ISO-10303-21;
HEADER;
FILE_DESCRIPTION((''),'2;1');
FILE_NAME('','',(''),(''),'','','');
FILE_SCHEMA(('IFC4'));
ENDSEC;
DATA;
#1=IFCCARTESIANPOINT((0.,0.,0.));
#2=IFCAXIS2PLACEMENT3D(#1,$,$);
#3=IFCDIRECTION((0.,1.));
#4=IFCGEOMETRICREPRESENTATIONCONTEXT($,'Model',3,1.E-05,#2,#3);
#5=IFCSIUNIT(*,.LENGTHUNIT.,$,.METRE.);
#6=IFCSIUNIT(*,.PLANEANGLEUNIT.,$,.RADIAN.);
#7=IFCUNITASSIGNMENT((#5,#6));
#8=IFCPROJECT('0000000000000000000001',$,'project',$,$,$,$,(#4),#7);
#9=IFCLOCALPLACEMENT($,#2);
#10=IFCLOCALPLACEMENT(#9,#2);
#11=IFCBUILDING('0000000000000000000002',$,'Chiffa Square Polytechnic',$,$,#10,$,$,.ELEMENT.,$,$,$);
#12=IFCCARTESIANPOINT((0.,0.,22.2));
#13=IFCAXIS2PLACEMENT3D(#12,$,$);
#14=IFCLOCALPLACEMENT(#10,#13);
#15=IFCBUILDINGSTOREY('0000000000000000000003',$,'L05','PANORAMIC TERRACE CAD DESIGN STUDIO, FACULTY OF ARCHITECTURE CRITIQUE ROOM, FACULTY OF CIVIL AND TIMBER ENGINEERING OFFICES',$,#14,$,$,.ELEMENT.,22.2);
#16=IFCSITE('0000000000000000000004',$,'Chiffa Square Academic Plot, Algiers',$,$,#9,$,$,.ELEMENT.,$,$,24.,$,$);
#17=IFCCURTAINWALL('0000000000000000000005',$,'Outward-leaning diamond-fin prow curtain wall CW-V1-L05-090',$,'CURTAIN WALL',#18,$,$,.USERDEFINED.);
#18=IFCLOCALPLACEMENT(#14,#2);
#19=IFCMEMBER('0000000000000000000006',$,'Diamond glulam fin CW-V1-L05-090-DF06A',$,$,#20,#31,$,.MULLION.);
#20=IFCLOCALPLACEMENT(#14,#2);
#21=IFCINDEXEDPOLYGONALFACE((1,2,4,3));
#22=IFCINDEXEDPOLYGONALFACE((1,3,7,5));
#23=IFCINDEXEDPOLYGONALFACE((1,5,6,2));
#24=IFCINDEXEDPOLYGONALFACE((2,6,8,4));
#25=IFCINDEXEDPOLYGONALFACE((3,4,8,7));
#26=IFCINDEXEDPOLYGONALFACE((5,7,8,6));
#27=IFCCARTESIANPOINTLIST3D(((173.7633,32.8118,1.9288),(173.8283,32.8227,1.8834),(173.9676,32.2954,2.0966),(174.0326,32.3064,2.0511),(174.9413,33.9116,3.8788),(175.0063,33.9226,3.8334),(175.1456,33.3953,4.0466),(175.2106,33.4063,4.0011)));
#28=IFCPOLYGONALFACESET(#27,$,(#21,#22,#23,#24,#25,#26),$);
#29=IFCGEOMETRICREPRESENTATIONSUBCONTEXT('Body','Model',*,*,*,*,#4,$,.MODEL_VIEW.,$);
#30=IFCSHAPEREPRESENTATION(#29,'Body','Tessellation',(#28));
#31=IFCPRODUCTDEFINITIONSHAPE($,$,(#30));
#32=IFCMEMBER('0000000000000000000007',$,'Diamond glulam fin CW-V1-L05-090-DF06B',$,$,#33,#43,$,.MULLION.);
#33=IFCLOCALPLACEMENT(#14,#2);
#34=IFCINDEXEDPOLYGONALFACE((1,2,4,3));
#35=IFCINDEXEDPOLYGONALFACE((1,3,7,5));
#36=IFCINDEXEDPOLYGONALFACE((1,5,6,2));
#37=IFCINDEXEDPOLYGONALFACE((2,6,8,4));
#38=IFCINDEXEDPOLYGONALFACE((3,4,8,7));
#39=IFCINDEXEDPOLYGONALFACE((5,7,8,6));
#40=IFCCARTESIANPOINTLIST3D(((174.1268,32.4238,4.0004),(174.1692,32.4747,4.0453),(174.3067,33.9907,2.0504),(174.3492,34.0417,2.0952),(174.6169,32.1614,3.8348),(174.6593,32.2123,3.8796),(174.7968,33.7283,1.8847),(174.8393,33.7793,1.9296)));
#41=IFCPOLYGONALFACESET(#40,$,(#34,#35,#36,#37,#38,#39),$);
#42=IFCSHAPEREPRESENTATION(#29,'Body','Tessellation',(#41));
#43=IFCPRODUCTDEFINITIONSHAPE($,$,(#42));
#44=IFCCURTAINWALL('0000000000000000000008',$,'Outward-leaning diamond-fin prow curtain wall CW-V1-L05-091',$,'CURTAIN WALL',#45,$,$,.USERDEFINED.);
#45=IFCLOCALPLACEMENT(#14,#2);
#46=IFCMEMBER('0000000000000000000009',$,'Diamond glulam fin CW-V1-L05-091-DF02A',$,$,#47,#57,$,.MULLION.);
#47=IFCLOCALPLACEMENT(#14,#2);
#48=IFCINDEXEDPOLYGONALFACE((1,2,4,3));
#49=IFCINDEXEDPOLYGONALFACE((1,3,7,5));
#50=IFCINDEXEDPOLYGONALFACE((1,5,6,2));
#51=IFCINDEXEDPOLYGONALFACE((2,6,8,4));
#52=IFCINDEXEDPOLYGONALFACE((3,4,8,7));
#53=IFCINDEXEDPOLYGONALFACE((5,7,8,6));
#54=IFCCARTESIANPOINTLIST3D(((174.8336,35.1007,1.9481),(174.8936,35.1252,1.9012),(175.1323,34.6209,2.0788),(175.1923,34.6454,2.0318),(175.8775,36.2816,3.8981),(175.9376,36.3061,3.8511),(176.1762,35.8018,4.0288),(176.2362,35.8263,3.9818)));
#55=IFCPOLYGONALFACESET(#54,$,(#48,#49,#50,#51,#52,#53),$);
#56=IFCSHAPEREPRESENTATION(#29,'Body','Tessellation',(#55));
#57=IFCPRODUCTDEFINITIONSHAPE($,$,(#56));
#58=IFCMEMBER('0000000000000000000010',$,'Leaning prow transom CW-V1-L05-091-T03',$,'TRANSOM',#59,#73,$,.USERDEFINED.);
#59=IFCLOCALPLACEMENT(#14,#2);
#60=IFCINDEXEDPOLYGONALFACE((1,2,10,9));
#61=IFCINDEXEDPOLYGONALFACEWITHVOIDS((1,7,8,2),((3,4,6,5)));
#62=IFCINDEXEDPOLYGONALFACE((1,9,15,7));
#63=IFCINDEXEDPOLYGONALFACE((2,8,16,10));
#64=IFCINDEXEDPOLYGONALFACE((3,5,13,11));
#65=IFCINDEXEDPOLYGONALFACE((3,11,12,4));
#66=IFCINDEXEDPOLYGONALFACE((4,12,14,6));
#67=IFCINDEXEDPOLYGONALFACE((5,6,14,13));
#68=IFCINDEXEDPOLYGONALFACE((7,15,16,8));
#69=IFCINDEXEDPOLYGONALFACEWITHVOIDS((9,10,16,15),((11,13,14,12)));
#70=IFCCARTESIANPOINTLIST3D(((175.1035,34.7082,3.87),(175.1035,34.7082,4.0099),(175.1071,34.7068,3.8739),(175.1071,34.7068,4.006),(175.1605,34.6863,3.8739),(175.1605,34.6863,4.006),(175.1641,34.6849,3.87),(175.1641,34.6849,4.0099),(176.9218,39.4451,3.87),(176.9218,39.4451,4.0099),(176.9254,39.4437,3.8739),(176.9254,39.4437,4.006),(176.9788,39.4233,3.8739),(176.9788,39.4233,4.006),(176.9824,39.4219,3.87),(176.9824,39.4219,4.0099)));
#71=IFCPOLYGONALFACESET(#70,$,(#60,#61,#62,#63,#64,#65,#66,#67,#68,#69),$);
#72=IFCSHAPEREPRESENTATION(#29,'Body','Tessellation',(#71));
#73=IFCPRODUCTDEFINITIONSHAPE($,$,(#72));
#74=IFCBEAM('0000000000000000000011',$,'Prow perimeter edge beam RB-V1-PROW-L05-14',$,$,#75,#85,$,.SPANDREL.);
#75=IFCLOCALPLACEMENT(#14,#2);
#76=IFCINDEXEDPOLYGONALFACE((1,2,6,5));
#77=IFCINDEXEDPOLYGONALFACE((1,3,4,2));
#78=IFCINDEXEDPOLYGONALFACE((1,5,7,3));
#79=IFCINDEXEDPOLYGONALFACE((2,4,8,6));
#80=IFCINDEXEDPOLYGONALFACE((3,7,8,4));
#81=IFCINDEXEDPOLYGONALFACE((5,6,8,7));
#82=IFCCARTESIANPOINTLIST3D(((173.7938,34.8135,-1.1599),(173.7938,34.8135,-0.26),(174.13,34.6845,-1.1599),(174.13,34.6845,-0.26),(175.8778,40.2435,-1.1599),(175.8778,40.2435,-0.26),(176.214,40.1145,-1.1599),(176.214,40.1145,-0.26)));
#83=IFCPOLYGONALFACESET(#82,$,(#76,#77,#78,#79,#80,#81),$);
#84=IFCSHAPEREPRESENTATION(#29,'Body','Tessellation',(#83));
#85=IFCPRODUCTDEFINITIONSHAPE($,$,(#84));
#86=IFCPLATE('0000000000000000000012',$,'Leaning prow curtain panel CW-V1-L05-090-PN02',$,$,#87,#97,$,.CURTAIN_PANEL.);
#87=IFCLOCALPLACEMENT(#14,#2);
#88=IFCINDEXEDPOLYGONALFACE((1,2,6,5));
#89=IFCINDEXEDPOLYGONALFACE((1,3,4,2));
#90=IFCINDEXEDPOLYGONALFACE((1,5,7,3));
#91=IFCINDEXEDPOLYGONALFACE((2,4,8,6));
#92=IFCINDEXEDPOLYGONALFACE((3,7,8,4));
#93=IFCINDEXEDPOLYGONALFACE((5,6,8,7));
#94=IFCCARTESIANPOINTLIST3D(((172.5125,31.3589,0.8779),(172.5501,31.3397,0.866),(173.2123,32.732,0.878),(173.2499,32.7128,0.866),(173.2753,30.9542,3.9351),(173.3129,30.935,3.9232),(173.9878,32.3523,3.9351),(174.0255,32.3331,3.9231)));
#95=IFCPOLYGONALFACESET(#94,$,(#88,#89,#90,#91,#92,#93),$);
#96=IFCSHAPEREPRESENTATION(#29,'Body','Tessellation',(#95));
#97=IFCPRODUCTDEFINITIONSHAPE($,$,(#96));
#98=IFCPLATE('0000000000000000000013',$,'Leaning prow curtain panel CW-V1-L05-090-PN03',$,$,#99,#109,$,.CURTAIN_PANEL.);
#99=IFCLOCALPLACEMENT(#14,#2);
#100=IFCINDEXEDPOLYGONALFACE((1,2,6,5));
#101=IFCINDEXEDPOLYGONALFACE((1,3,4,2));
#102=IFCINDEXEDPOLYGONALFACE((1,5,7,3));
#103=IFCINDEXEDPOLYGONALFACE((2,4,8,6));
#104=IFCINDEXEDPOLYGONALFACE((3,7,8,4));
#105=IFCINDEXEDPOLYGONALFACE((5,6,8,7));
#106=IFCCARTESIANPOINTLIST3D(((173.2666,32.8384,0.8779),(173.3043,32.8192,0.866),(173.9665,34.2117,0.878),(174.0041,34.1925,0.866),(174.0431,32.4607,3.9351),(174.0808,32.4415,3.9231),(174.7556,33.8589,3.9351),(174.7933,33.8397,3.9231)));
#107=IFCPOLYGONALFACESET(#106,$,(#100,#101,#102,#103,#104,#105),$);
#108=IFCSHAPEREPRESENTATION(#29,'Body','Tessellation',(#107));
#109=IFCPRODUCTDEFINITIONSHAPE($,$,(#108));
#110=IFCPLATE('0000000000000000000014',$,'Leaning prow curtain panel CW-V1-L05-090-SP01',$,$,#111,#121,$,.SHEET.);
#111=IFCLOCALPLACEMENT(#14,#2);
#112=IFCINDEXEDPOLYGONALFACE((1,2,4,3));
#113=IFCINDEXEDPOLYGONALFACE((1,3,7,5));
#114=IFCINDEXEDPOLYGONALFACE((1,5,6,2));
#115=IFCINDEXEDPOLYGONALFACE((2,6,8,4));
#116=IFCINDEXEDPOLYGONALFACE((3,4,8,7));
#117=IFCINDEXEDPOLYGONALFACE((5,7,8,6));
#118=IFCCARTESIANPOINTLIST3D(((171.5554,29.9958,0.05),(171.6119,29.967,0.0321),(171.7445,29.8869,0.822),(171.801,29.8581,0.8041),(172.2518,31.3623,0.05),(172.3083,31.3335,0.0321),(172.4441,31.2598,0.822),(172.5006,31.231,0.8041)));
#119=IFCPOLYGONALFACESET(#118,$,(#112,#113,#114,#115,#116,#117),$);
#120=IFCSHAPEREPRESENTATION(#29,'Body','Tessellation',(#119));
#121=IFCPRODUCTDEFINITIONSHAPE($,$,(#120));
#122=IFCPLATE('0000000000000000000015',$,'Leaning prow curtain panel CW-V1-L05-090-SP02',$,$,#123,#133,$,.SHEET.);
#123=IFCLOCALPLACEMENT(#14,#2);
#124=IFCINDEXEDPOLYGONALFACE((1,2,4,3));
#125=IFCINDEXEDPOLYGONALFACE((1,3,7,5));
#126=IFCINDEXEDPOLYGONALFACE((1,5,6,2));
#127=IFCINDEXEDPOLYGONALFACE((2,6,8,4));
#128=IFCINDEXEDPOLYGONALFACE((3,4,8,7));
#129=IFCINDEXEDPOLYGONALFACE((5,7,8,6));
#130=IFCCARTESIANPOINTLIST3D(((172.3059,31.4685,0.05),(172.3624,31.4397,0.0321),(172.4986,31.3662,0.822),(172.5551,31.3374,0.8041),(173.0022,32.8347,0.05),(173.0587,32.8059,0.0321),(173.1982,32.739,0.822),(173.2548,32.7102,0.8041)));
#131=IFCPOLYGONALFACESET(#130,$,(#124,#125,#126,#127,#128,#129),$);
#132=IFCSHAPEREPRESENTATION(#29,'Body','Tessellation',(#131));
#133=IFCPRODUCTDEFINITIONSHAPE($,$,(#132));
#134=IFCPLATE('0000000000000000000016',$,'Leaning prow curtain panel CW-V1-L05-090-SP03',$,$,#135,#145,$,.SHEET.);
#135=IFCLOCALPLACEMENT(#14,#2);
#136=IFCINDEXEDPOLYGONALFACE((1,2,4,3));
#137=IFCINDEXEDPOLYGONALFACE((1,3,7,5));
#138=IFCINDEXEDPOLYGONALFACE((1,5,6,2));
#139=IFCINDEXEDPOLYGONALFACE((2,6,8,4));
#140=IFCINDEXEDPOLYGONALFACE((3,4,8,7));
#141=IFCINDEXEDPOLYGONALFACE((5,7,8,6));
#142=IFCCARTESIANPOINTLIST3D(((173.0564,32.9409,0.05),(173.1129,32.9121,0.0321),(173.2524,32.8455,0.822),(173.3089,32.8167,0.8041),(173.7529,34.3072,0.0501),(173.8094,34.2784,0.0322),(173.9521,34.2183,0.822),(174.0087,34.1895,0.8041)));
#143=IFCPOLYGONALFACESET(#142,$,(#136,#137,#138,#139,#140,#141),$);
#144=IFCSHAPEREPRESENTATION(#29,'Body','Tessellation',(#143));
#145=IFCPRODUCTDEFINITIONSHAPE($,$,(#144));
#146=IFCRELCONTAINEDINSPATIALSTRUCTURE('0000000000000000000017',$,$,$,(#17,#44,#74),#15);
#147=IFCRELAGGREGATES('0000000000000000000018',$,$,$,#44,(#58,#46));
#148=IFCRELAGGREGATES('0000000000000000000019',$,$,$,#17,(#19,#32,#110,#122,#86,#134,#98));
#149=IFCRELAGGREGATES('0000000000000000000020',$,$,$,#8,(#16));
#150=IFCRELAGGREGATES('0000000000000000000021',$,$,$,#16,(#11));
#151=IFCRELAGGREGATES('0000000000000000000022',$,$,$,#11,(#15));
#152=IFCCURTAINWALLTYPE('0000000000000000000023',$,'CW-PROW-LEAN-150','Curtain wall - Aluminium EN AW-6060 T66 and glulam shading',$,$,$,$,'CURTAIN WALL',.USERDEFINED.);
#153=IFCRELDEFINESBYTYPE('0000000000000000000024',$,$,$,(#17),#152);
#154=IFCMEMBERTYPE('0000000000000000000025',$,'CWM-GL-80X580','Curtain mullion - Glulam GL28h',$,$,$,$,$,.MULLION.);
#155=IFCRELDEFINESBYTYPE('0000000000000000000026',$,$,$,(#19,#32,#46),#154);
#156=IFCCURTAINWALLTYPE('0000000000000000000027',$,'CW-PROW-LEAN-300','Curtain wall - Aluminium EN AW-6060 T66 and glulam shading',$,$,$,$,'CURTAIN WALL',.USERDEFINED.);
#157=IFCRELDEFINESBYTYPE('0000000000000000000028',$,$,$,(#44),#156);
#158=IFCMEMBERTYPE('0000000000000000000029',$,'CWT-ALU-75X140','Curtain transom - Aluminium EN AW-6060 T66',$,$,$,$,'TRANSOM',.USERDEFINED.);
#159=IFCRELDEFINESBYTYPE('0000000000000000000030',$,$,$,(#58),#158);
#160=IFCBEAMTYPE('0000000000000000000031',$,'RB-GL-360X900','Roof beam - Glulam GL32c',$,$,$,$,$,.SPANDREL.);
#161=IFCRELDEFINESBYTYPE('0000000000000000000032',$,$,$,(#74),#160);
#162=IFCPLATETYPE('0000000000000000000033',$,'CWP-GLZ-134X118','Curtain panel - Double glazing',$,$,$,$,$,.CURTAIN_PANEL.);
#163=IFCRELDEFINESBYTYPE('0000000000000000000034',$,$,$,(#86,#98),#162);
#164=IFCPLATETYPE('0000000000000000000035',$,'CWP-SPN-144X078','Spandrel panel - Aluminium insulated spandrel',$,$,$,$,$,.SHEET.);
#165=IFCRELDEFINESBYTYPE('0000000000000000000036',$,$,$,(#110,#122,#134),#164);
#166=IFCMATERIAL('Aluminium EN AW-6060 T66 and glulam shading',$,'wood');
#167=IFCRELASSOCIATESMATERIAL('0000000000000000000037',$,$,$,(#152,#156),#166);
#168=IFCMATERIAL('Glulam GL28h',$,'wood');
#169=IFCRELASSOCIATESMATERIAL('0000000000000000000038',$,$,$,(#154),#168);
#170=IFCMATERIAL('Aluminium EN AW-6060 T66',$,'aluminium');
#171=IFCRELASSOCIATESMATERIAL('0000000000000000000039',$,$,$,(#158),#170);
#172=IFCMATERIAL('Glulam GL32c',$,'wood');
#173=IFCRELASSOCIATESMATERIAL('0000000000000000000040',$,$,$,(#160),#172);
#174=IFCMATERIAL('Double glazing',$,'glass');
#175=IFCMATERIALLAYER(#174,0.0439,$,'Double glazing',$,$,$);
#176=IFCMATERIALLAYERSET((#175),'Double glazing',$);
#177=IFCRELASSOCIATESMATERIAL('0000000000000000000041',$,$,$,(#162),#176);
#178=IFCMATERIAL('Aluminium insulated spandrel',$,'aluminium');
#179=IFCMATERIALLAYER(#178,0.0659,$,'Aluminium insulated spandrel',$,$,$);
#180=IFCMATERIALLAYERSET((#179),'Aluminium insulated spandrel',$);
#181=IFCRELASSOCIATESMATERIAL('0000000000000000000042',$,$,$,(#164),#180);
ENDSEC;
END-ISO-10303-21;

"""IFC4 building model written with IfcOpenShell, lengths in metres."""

from ifc_helpers import new_model, si_unit, direction, frame, origin, origin_2d, place, context, subcontext, project, spatial, polyline, rectangle, hollow_rectangle, outline, extrude, material, layer, layer_set, material_profile, profile_set, type_object, element, aggregate, save


model = new_model("IFC4")

# Units and contexts
model_context = context("Model", 3, precision=1e-05, world=origin(), true_north=direction((0.0, 1.0)))
body_context = subcontext(model_context, "Body", "Model", "MODEL_VIEW")
ifc_project = project(units=[si_unit("LENGTHUNIT", "METRE"), si_unit("PLANEANGLEUNIT", "RADIAN")], contexts=[model_context])

# Site, building, storey
site_placement = place(None, origin())
site = spatial("IfcSite", under=ifc_project, at=site_placement, Name="Chiffa Square Academic Plot, Algiers", CompositionType="ELEMENT", RefElevation=24.0)
building_placement = place(site_placement, origin())
building = spatial("IfcBuilding", under=site, at=building_placement, Name="Chiffa Square Polytechnic", CompositionType="ELEMENT")
storey_placement = place(building_placement, frame((0.0, 0.0, 22.2)))
storey = spatial("IfcBuildingStorey", under=building, at=storey_placement, Name="L05", Description="PANORAMIC TERRACE CAD DESIGN STUDIO, FACULTY OF ARCHITECTURE CRITIQUE ROOM, FACULTY OF CIVIL AND TIMBER ENGINEERING OFFICES", CompositionType="ELEMENT", Elevation=22.2)

# Shared definitions
ifc_material_1 = material(Name="Glulam GL32c", Category="wood")

# Curtain walls, members
ifc_material_2 = material(Name="Aluminium EN AW-6060 T66 and glulam shading", Category="wood")
curtain_wall_type_1 = type_object("IfcCurtainWallType", Name="CW-PROW-LEAN-150", Description="Curtain wall - Aluminium EN AW-6060 T66 and glulam shading", ElementType="CURTAIN WALL", PredefinedType="USERDEFINED", material=ifc_material_2)
curtain_wall_1_placement = place(storey_placement, origin())
curtain_wall_1 = element("IfcCurtainWall", 1, at=curtain_wall_1_placement, inside=storey, type_object=curtain_wall_type_1, Name="Outward-leaning diamond-fin prow curtain wall CW-V1-L05-090", ObjectType="CURTAIN WALL", PredefinedType="USERDEFINED")
ifc_material_3 = material(Name="Aluminium EN AW-6060 T66", Category="aluminium")
ifc_material_4 = material(Name="Glulam GL28h", Category="wood")
ifc_material_profile_1 = material_profile(ifc_material_4, rectangle(XDim=0.0801, YDim=0.5801, at=origin_2d()), Name="GL28h 80x580")
ifc_profile_set_1 = profile_set([ifc_material_profile_1], Name="Glulam GL28h")
member_type_1 = type_object("IfcMemberType", Name="CWM-GL-80X580", Description="Curtain mullion - Glulam GL28h", PredefinedType="MULLION", material=ifc_profile_set_1)
member_1_placement = place(storey_placement, frame((173.8979, 32.5591, 1.99), z_axis=(0.465651, 0.434768, 0.770809), x_axis=(-0.811826, -0.136871, 0.567631)))
member_1 = element("IfcMember", 2, at=member_1_placement, type_object=member_type_1, Name="Diamond glulam fin CW-V1-L05-090-DF06A", PredefinedType="MULLION", context=body_context, shape_type="SweptSolid", body=[
    extrude(rectangle(XDim=0.0801, YDim=0.5801, at=origin_2d()), origin(), (0.0, 0.0, 1.0), 2.5298),
])
member_2_placement = place(storey_placement, frame((174.573, 33.885, 1.99), z_axis=(-0.071744, -0.62477, 0.777506), x_axis=(0.530059, 0.636447, 0.560332)))
member_2 = element("IfcMember", 3, at=member_2_placement, type_object=member_type_1, Name="Diamond glulam fin CW-V1-L05-090-DF06B", PredefinedType="MULLION", context=body_context, shape_type="SweptSolid", body=[
    extrude(rectangle(XDim=0.0801, YDim=0.5801, at=origin_2d()), origin(), (0.0, 0.0, 1.0), 2.5081),
])
curtain_wall_type_2 = type_object("IfcCurtainWallType", Name="CW-PROW-LEAN-300", Description="Curtain wall - Aluminium EN AW-6060 T66 and glulam shading", ElementType="CURTAIN WALL", PredefinedType="USERDEFINED", material=ifc_material_2)
curtain_wall_2_placement = place(storey_placement, origin())
curtain_wall_2 = element("IfcCurtainWall", 4, at=curtain_wall_2_placement, inside=storey, type_object=curtain_wall_type_2, Name="Outward-leaning diamond-fin prow curtain wall CW-V1-L05-091", ObjectType="CURTAIN WALL", PredefinedType="USERDEFINED")
member_3_placement = place(storey_placement, frame((175.0129, 34.873, 1.99), z_axis=(0.416358, 0.470983, 0.777702), x_axis=(-0.749374, -0.306613, 0.58688)))
member_3 = element("IfcMember", 5, at=member_3_placement, type_object=member_type_1, Name="Diamond glulam fin CW-V1-L05-091-DF02A", PredefinedType="MULLION", context=body_context, shape_type="SweptSolid", body=[
    extrude(rectangle(XDim=0.0801, YDim=0.5801, at=origin_2d()), origin(), (0.0, 0.0, 1.0), 2.5073),
])
ifc_material_profile_2 = material_profile(ifc_material_3, hollow_rectangle(XDim=0.0649, YDim=0.1399, WallThickness=0.0039, at=origin_2d()), Name="ALU 65x140x4")
ifc_profile_set_2 = profile_set([ifc_material_profile_2], Name="Aluminium EN AW-6060 T66")
member_type_2 = type_object("IfcMemberType", Name="CWT-ALU-75X140", Description="Curtain transom - Aluminium EN AW-6060 T66", ElementType="TRANSOM", PredefinedType="USERDEFINED", material=ifc_profile_set_2)
member_4_placement = place(storey_placement, frame((175.1338, 34.6965, 3.9399), z_axis=(0.358363, 0.933582, 0.0), x_axis=(-0.933582, 0.358363, 0.0)))
member_4 = element("IfcMember", 6, at=member_4_placement, type_object=member_type_2, Name="Leaning prow transom CW-V1-L05-091-T03", ObjectType="TRANSOM", PredefinedType="USERDEFINED", context=body_context, shape_type="SweptSolid", body=[
    extrude(hollow_rectangle(XDim=0.0649, YDim=0.1399, WallThickness=0.0039, at=origin_2d()), origin(), (0.0, 0.0, 1.0), 5.074),
])
aggregate(curtain_wall_2, [member_4, member_3])

# Beam
ifc_material_profile_3 = material_profile(ifc_material_1, rectangle(XDim=0.3601, YDim=0.8999, at=origin_2d()), Name="GL32c 360x900")
ifc_profile_set_3 = profile_set([ifc_material_profile_3], Name="Glulam GL32c")
beam_type = type_object("IfcBeamType", Name="RB-GL-360X900", Description="Roof beam - Glulam GL32c", PredefinedType="SPANDREL", material=ifc_profile_set_3)
beam_placement = place(storey_placement, frame((173.9619, 34.749, -0.71), z_axis=(0.358312, 0.933602, 0.0), x_axis=(-0.933602, 0.358312, 0.0)))
element("IfcBeam", 7, at=beam_placement, inside=storey, type_object=beam_type, Name="Prow perimeter edge beam RB-V1-PROW-L05-14", PredefinedType="SPANDREL", context=body_context, shape_type="SweptSolid", body=[
    extrude(rectangle(XDim=0.3601, YDim=0.8999, at=origin_2d()), origin(), (0.0, 0.0, 1.0), 5.8162),
])

# Plates
ifc_material_5 = material(Name="Double glazing", Category="glass")
ifc_layer_1 = layer(ifc_material_5, 0.0439, Name="Double glazing")
ifc_layer_set_1 = layer_set([ifc_layer_1], Name="Double glazing")
plate_type_1 = type_object("IfcPlateType", Name="CWP-GLZ-134X118", Description="Curtain panel - Double glazing", PredefinedType="CURTAIN_PANEL", material=ifc_layer_set_1)
plate_1_placement = place(storey_placement, frame((172.5125, 31.3589, 0.8779), z_axis=(-0.857424, 0.436984, 0.271788), x_axis=(0.454083, 0.890959, 0.000028)))
plate_1 = element("IfcPlate", 8, at=plate_1_placement, type_object=plate_type_1, Name="Leaning prow curtain panel CW-V1-L05-090-PN02", PredefinedType="CURTAIN_PANEL", context=body_context, shape_type="SweptSolid", body=[
    extrude(outline(polyline([(0.0, 0.0), (1.5412, 0.0), (1.5551, -3.1767), (-0.0141, -3.1768), (0.0, 0.0)])), origin(), (0.0, 0.0, -1.0), 0.0439),
])
plate_2_placement = place(storey_placement, frame((173.2666, 32.8384, 0.8779), z_axis=(-0.857445, 0.436956, 0.271768), x_axis=(0.454049, 0.890977, 0.000018)))
plate_2 = element("IfcPlate", 9, at=plate_2_placement, type_object=plate_type_1, Name="Leaning prow curtain panel CW-V1-L05-090-PN03", PredefinedType="CURTAIN_PANEL", context=body_context, shape_type="SweptSolid", body=[
    extrude(outline(polyline([(0.0, 0.0), (1.5414, 0.0), (1.5854, -3.1767), (0.0162, -3.1767), (0.0, 0.0)])), origin(), (0.0, 0.0, -1.0), 0.0439),
])
ifc_material_6 = material(Name="Aluminium insulated spandrel", Category="aluminium")
ifc_layer_2 = layer(ifc_material_6, 0.0659, Name="Aluminium insulated spandrel")
ifc_layer_set_2 = layer_set([ifc_layer_2], Name="Aluminium insulated spandrel")
plate_type_2 = type_object("IfcPlateType", Name="CWP-SPN-144X078", Description="Spandrel panel - Aluminium insulated spandrel", PredefinedType="SHEET", material=ifc_layer_set_2)
plate_3_placement = place(storey_placement, frame((171.5554, 29.9958, 0.05), z_axis=(-0.857471, 0.436989, 0.271632), x_axis=(0.454058, 0.890972, -0.000014)))
plate_3 = element("IfcPlate", 10, at=plate_3_placement, type_object=plate_type_2, Name="Leaning prow curtain panel CW-V1-L05-090-SP01", PredefinedType="SHEET", context=body_context, shape_type="SweptSolid", body=[
    extrude(outline(polyline([(0.0, 0.0), (1.5336, 0.0), (1.5296, -0.8022), (-0.0112, -0.8021), (0.0, 0.0)])), origin(), (0.0, 0.0, -1.0), 0.0659),
])
plate_4_placement = place(storey_placement, frame((172.3059, 31.4685, 0.05), z_axis=(-0.857393, 0.436988, 0.27188), x_axis=(0.454092, 0.890955, -0.000004)))
plate_4 = element("IfcPlate", 11, at=plate_4_placement, type_object=plate_type_2, Name="Leaning prow curtain panel CW-V1-L05-090-SP02", PredefinedType="SHEET", context=body_context, shape_type="SweptSolid", body=[
    extrude(outline(polyline([(0.0, 0.0), (1.5334, 0.0), (1.5372, -0.8022), (-0.0037, -0.8022), (0.0, 0.0)])), origin(), (0.0, 0.0, -1.0), 0.0659),
])
plate_5_placement = place(storey_placement, frame((173.0564, 32.9409, 0.05), z_axis=(-0.857411, 0.437074, 0.271685), x_axis=(0.45416, 0.89092, 0.000014)))
plate_5 = element("IfcPlate", 12, at=plate_5_placement, type_object=plate_type_2, Name="Leaning prow curtain panel CW-V1-L05-090-SP03", PredefinedType="SHEET", context=body_context, shape_type="SweptSolid", body=[
    extrude(outline(polyline([(0.0, 0.0), (1.5335, 0.0), (1.5448, -0.8021), (0.004, -0.8022), (0.0, 0.0)])), origin(), (0.0, 0.0, -1.0), 0.0659),
])
aggregate(curtain_wall_1, [member_1, member_2, plate_3, plate_4, plate_1, plate_5, plate_2])

save(model, "model.ifc")
